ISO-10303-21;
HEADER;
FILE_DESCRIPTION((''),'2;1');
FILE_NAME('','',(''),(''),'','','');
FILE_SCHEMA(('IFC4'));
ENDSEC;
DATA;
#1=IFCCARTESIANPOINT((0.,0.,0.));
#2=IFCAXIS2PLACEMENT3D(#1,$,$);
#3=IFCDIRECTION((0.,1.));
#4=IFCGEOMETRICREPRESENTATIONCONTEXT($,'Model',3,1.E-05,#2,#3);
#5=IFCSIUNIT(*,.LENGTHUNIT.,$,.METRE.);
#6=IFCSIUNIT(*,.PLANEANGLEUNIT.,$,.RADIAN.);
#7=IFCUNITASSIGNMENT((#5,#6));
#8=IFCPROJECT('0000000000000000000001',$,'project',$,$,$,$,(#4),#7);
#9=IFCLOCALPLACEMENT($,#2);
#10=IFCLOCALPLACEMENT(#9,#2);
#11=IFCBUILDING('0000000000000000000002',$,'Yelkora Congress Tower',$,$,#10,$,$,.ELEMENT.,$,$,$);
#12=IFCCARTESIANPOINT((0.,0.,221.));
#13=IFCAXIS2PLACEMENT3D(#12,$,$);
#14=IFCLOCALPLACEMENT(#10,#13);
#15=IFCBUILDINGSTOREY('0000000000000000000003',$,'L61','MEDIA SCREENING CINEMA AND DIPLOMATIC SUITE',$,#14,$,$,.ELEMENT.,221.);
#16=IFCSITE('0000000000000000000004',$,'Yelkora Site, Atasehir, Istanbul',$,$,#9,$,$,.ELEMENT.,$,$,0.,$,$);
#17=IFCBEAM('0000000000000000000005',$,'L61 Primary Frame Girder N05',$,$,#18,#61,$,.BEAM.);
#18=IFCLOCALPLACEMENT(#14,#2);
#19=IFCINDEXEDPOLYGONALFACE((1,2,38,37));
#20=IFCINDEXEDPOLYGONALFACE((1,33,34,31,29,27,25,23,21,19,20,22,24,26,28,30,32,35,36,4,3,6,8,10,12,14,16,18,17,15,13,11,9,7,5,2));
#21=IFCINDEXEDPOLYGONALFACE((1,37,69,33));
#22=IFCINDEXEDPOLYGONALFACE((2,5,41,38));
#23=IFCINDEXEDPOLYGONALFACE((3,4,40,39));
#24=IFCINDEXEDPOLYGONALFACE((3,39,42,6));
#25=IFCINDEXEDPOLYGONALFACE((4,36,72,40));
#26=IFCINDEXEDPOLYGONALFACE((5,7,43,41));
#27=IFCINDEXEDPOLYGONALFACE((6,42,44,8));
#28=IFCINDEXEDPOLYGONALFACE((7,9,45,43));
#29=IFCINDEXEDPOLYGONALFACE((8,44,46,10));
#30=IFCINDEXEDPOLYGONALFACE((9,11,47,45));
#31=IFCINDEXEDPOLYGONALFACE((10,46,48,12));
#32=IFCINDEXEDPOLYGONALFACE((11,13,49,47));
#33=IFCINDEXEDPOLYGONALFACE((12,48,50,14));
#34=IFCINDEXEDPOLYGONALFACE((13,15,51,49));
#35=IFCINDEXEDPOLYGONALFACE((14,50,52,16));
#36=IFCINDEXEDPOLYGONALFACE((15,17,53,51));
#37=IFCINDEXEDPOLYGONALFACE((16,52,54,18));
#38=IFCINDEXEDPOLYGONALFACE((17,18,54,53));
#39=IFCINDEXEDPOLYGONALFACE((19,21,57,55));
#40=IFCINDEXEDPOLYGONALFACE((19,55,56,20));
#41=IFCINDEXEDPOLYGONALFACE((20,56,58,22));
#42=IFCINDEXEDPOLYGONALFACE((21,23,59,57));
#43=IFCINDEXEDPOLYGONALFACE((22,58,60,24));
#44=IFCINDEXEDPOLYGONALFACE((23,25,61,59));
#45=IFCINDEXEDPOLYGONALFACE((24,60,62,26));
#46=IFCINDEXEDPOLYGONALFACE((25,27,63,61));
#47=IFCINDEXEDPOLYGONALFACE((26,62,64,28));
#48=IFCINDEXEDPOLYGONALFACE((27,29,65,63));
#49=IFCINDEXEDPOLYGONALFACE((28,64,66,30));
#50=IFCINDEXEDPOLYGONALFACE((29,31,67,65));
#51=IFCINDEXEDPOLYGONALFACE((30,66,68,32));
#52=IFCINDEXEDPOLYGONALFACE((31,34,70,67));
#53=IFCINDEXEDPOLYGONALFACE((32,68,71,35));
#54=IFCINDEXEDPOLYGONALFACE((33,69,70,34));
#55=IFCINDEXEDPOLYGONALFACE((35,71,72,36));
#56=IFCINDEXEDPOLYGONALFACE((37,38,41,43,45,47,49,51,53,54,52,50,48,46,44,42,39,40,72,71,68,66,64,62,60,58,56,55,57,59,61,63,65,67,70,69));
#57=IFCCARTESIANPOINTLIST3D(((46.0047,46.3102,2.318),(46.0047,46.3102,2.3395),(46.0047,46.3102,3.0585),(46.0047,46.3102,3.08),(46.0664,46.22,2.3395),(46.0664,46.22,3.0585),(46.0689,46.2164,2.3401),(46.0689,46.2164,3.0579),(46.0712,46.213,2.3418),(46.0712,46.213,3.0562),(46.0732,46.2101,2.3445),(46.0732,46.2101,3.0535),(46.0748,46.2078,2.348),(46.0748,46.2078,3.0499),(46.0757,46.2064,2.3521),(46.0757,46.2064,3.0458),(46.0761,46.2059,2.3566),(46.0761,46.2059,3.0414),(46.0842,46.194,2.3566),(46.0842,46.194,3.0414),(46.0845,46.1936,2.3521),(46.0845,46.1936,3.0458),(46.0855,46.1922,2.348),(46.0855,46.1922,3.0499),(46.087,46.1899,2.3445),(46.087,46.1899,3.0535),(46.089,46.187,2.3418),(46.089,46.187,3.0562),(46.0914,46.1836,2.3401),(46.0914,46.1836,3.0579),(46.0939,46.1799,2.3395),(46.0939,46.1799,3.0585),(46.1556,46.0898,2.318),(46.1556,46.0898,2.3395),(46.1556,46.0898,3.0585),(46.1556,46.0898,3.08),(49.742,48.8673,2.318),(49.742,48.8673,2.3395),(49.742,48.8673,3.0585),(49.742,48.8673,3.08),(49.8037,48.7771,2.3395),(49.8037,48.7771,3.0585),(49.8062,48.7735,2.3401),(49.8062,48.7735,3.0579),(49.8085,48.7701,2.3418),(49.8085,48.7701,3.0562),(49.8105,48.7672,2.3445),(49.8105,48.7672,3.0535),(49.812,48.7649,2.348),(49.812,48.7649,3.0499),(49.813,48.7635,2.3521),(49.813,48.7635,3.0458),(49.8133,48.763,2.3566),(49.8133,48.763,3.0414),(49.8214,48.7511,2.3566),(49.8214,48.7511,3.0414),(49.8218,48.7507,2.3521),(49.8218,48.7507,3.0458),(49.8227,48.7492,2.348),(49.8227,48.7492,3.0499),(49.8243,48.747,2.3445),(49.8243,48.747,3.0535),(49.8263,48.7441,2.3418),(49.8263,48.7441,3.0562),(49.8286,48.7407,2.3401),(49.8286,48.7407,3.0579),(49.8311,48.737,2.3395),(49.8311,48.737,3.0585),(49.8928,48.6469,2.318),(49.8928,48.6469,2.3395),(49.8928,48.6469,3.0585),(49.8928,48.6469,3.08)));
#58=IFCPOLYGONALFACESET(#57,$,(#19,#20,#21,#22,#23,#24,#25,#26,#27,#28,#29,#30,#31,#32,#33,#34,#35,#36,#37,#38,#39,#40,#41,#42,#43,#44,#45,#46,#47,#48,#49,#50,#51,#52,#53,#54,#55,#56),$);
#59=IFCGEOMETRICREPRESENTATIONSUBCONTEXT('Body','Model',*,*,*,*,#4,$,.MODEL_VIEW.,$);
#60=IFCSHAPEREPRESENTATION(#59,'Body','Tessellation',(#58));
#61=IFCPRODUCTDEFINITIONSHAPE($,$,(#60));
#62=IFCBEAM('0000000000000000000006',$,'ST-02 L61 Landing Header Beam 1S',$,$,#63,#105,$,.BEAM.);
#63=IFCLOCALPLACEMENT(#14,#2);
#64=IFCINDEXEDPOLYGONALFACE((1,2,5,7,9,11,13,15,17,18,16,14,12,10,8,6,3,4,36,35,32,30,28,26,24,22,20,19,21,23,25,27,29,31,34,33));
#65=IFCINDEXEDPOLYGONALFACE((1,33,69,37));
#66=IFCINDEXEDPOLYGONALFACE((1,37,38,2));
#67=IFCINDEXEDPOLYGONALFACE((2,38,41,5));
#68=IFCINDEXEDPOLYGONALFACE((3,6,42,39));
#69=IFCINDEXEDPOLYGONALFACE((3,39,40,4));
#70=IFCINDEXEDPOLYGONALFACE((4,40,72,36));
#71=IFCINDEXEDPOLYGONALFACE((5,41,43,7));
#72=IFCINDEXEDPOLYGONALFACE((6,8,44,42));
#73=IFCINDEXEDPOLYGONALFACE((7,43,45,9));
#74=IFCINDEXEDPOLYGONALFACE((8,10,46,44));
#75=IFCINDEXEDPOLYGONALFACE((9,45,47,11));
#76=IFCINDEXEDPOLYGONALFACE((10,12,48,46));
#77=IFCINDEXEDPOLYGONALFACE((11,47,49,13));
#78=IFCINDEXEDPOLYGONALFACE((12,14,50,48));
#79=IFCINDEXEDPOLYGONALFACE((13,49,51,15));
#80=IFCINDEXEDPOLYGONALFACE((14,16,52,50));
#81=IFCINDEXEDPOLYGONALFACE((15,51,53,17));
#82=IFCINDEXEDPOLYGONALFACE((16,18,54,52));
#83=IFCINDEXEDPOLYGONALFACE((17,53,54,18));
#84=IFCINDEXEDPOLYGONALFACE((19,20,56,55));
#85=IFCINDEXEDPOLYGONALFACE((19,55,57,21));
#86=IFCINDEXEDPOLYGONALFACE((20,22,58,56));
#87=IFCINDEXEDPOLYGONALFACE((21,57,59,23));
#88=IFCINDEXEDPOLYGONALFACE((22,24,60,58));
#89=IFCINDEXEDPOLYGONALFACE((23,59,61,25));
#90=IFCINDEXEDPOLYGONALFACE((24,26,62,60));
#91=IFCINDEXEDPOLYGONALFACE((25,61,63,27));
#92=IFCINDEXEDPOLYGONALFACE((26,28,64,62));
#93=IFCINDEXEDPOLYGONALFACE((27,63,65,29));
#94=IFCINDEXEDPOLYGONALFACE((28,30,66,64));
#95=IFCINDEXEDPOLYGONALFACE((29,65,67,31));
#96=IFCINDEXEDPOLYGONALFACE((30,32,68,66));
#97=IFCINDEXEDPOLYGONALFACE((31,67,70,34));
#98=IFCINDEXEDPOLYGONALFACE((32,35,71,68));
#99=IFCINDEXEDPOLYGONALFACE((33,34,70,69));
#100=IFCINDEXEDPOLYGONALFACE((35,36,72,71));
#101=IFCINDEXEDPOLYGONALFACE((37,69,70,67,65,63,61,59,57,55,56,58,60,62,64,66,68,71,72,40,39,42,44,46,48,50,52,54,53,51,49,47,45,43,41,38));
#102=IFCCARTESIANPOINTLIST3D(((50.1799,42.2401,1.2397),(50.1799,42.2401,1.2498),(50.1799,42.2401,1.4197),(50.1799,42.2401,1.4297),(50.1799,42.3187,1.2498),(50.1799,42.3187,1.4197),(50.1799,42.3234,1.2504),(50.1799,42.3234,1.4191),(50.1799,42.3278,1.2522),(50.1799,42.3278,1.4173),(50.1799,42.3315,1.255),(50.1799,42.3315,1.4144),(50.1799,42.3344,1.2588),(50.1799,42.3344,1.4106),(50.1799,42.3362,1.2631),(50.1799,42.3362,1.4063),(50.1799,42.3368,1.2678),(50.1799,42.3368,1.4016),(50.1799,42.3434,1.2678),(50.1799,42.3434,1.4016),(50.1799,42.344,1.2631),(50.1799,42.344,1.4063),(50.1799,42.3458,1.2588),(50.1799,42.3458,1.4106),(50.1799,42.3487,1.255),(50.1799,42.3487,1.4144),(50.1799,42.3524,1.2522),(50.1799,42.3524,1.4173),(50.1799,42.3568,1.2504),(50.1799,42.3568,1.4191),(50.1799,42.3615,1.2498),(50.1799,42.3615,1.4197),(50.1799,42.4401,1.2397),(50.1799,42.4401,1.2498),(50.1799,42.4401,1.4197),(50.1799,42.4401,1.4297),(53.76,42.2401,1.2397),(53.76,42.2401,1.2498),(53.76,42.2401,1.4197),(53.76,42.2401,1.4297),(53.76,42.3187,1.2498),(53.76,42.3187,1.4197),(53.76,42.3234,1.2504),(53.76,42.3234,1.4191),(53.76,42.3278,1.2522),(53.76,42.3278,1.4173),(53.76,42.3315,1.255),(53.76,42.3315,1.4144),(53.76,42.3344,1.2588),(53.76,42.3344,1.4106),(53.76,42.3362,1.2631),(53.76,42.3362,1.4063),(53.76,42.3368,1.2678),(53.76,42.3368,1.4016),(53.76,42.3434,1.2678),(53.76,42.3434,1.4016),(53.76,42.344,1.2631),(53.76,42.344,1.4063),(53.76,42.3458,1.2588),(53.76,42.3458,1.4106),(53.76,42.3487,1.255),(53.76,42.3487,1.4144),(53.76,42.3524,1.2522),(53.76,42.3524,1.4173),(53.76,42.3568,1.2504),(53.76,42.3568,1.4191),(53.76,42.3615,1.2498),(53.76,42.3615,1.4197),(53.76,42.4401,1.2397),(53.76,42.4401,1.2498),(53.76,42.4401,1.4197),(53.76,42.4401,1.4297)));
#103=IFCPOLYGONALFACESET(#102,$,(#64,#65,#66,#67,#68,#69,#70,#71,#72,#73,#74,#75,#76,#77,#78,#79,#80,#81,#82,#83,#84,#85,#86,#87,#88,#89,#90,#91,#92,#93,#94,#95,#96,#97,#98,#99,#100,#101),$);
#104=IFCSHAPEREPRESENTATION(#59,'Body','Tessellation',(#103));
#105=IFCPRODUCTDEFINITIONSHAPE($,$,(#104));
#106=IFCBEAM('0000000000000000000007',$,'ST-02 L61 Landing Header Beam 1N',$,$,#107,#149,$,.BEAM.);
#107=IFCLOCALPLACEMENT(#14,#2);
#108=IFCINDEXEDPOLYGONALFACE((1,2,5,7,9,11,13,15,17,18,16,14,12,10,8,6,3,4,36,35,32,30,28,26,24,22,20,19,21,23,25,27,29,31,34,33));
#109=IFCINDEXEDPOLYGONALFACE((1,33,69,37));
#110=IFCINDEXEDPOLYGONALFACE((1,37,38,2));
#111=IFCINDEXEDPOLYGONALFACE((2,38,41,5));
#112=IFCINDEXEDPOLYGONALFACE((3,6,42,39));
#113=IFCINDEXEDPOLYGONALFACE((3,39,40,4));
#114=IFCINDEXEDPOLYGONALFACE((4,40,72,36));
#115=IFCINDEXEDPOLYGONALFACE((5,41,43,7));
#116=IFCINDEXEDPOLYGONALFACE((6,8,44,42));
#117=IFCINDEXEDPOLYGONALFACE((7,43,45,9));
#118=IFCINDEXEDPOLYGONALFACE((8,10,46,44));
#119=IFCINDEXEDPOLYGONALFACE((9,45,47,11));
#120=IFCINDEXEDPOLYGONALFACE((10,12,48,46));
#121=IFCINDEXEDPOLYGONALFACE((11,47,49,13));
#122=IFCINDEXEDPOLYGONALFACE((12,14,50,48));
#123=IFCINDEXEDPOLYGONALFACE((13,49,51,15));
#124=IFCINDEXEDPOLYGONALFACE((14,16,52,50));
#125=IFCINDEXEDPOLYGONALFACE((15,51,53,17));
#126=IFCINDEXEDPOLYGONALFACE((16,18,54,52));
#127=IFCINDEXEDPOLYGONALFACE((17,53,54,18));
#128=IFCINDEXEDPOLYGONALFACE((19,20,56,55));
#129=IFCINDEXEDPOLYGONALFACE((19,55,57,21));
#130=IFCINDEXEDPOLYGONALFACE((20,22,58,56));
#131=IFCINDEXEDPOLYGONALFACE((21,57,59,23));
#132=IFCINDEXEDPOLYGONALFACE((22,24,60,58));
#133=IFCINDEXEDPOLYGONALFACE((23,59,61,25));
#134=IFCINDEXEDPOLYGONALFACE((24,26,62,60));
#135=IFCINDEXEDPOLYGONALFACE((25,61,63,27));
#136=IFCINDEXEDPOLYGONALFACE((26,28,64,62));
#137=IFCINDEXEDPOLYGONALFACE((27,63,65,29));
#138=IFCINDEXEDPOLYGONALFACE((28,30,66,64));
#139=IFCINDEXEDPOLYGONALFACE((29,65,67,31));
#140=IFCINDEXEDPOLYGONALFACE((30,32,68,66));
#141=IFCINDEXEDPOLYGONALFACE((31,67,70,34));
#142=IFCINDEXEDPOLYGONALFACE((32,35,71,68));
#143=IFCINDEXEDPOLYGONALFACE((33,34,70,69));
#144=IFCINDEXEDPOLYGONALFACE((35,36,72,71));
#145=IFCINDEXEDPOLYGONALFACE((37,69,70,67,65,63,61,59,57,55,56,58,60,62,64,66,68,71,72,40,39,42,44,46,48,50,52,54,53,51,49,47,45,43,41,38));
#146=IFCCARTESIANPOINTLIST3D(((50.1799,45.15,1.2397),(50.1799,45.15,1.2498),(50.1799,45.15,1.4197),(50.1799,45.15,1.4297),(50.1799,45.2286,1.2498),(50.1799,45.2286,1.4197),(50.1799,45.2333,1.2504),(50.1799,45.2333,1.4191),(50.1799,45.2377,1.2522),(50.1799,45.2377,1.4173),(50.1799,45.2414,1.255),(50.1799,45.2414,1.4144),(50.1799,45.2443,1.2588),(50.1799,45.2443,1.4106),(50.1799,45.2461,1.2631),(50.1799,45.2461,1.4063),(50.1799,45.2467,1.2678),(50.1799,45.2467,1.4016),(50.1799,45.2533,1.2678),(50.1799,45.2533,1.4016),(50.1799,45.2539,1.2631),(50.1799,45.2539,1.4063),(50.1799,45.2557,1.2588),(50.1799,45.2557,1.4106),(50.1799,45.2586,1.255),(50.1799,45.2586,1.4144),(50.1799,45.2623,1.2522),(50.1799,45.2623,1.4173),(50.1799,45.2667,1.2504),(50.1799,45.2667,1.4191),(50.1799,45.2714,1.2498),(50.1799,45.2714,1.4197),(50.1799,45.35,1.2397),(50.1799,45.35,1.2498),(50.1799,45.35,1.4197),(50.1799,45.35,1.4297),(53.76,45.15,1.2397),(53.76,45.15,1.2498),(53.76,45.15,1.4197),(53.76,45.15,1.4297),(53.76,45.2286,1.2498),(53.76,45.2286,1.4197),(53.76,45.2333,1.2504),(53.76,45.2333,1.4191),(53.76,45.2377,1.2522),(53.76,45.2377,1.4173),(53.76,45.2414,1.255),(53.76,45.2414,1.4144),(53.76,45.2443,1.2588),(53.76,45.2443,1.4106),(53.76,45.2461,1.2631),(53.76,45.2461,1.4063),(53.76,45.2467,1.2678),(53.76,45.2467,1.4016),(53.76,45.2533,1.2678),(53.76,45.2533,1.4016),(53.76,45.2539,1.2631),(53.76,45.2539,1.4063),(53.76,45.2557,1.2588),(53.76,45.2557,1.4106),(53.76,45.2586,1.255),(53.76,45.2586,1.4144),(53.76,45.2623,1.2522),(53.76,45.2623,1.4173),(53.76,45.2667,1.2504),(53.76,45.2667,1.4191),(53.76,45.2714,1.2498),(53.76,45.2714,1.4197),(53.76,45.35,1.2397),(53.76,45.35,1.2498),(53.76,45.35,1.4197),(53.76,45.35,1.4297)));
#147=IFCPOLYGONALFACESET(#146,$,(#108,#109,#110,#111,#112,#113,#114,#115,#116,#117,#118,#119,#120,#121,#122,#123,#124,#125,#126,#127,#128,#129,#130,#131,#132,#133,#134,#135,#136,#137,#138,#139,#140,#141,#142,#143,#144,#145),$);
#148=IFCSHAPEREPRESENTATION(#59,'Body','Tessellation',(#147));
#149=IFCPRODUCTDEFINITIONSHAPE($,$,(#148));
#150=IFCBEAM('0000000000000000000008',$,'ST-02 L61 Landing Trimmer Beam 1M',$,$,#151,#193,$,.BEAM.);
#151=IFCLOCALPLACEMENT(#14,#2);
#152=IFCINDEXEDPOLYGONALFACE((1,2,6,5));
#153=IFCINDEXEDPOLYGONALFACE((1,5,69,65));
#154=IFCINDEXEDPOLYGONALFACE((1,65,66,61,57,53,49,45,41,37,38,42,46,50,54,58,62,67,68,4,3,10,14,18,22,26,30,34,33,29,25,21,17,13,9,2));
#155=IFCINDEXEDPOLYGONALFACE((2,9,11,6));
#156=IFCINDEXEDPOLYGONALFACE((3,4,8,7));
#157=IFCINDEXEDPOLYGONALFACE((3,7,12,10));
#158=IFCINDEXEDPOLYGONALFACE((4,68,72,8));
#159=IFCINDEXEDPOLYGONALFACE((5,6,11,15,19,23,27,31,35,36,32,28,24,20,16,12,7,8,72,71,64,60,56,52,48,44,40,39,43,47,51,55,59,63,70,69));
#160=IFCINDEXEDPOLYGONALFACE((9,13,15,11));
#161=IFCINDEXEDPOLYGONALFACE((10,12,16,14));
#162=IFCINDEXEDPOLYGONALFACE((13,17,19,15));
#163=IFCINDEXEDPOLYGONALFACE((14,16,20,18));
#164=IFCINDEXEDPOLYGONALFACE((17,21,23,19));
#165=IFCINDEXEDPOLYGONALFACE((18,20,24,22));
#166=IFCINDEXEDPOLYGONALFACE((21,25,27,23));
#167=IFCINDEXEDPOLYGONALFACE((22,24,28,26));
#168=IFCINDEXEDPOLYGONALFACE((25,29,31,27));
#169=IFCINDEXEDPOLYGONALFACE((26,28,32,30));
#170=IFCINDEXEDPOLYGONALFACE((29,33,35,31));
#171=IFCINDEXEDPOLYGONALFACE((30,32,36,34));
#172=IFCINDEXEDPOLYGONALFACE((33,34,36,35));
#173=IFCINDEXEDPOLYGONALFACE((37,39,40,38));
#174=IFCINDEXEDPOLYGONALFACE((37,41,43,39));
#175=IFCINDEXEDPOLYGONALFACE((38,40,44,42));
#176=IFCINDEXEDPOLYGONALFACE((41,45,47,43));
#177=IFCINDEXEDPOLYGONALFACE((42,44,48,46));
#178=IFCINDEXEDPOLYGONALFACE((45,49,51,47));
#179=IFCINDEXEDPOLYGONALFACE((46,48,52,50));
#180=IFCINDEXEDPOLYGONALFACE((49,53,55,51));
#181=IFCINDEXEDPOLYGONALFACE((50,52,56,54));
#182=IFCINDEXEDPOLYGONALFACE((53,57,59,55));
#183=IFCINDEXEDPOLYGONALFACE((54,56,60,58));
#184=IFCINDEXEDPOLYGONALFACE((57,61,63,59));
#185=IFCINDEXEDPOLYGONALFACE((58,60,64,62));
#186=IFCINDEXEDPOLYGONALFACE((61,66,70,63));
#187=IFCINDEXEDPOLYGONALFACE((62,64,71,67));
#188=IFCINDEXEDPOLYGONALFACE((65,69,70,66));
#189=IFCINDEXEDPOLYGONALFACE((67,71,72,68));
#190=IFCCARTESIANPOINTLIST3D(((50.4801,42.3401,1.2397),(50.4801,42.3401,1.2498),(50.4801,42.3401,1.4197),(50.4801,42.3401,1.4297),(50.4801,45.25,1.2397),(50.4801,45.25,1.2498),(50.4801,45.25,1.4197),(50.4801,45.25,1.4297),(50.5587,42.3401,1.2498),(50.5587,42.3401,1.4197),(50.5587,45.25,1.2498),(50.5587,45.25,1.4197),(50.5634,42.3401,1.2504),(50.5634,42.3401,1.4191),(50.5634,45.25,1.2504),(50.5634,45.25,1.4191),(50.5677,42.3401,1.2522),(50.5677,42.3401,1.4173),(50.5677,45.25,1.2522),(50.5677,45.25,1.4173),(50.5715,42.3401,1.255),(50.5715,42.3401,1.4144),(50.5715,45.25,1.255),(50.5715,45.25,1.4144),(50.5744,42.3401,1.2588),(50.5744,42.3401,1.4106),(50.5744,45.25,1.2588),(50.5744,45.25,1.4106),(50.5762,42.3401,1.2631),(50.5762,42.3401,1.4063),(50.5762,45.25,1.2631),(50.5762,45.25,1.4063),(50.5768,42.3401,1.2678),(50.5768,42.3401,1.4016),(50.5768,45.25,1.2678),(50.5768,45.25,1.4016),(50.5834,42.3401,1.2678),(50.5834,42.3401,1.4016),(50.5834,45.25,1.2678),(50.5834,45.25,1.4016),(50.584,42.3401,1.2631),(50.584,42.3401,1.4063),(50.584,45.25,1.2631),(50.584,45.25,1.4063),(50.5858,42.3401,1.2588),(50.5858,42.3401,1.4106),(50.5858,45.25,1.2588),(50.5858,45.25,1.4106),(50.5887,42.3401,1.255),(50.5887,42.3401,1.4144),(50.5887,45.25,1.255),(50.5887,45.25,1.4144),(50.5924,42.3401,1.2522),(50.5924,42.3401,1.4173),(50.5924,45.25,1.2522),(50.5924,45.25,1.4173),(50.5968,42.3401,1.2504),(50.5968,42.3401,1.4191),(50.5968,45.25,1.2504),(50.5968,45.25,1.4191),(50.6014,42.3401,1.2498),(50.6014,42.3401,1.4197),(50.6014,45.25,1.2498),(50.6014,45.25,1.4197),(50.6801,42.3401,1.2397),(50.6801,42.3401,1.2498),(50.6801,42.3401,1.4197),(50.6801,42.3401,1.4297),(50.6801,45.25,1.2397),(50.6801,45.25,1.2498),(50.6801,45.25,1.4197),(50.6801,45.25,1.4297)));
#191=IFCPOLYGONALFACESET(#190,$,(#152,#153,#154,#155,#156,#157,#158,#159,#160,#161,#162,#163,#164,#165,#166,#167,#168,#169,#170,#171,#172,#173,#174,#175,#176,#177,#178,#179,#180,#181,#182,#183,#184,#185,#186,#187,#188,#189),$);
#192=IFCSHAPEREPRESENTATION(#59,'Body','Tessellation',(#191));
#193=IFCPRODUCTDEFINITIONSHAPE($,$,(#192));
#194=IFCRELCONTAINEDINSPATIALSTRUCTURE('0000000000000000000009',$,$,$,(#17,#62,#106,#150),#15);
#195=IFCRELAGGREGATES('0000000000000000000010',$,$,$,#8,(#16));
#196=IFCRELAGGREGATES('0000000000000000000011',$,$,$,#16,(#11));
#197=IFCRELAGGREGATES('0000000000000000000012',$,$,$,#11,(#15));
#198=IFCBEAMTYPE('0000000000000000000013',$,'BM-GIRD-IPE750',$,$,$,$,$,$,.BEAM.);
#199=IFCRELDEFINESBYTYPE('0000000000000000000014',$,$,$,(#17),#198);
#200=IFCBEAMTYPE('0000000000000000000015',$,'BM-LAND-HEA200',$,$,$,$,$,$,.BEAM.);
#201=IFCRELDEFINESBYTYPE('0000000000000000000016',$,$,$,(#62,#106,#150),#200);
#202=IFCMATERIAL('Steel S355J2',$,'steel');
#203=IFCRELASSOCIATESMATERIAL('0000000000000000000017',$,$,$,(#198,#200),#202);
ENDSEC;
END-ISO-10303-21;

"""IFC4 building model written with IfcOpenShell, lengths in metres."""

from ifc_helpers import new_model, si_unit, direction, frame, origin, origin_2d, place, context, subcontext, project, spatial, i_section, extrude, material, material_profile, profile_set, type_object, element, save


model = new_model("IFC4")

# Units and contexts
model_context = context("Model", 3, precision=1e-05, world=origin(), true_north=direction((0.0, 1.0)))
body_context = subcontext(model_context, "Body", "Model", "MODEL_VIEW")
ifc_project = project(units=[si_unit("LENGTHUNIT", "METRE"), si_unit("PLANEANGLEUNIT", "RADIAN")], contexts=[model_context])

# Site, building, storey
site_placement = place(None, origin())
site = spatial("IfcSite", under=ifc_project, at=site_placement, Name="Yelkora Site, Atasehir, Istanbul", CompositionType="ELEMENT", RefElevation=0.0)
building_placement = place(site_placement, origin())
building = spatial("IfcBuilding", under=site, at=building_placement, Name="Yelkora Congress Tower", CompositionType="ELEMENT")
storey_placement = place(building_placement, frame((0.0, 0.0, 221.0)))
storey = spatial("IfcBuildingStorey", under=building, at=storey_placement, Name="L61", Description="MEDIA SCREENING CINEMA AND DIPLOMATIC SUITE", CompositionType="ELEMENT", Elevation=221.0)

# Shared definitions
ifc_material_1 = material(Name="Steel S355J2", Category="steel")

# Beams
ifc_material_profile_1 = material_profile(ifc_material_1, i_section(OverallWidth=0.2671, OverallDepth=0.762, WebThickness=0.0144, FlangeThickness=0.0215, FilletRadius=0.0171, at=origin_2d()), Name="IPE 750x173")
ifc_profile_set_1 = profile_set([ifc_material_profile_1], Name="Steel S355J2")
beam_type_1 = type_object("IfcBeamType", Name="BM-GIRD-IPE750", PredefinedType="BEAM", material=ifc_profile_set_1)
beam_1_placement = place(storey_placement, frame((49.8174, 48.7571, 2.699), z_axis=(-0.825305, -0.564688, 0.0), x_axis=(0.564688, -0.825305, 0.0)))
element("IfcBeam", 1, at=beam_1_placement, inside=storey, type_object=beam_type_1, Name="L61 Primary Frame Girder N05", PredefinedType="BEAM", context=body_context, shape_type="SweptSolid", body=[
    extrude(i_section(OverallWidth=0.2671, OverallDepth=0.762, WebThickness=0.0144, FlangeThickness=0.0215, FilletRadius=0.0171, at=origin_2d()), origin(), (0.0, 0.0, 1.0), 4.5283),
])
ifc_material_profile_2 = material_profile(ifc_material_1, i_section(OverallWidth=0.2, OverallDepth=0.1899, WebThickness=0.0066, FlangeThickness=0.01, FilletRadius=0.0181, at=origin_2d()), Name="HEA 200")
ifc_profile_set_2 = profile_set([ifc_material_profile_2], Name="Steel S355J2")
beam_type_2 = type_object("IfcBeamType", Name="BM-LAND-HEA200", PredefinedType="BEAM", material=ifc_profile_set_2)
for number, where, z_axis, x_axis, name in (
    (2, (50.1799, 42.3401, 1.3347), (1.0, 0.0, 0.0), (0.0, 1.0, 0.0), "ST-02 L61 Landing Header Beam 1S"),
    (3, (50.1799, 45.25, 1.3347), (1.0, 0.0, 0.0), (0.0, 1.0, 0.0), "ST-02 L61 Landing Header Beam 1N"),
):
    element("IfcBeam", number, at=place(storey_placement, frame(where, z_axis=z_axis, x_axis=x_axis)), inside=storey, type_object=beam_type_2, Name=name, PredefinedType="BEAM", context=body_context, shape_type="SweptSolid", body=[
        extrude(i_section(OverallWidth=0.2, OverallDepth=0.1899, WebThickness=0.0066, FlangeThickness=0.01, FilletRadius=0.0181, at=origin_2d()), origin(), (0.0, 0.0, 1.0), 3.5801),
    ])
beam_2_placement = place(storey_placement, frame((50.5801, 42.3401, 1.3347), z_axis=(0.0, 1.0, 0.0), x_axis=(-1.0, 0.0, 0.0)))
element("IfcBeam", 4, at=beam_2_placement, inside=storey, type_object=beam_type_2, Name="ST-02 L61 Landing Trimmer Beam 1M", PredefinedType="BEAM", context=body_context, shape_type="SweptSolid", body=[
    extrude(i_section(OverallWidth=0.2, OverallDepth=0.1899, WebThickness=0.0066, FlangeThickness=0.01, FilletRadius=0.0181, at=origin_2d()), origin(), (0.0, 0.0, 1.0), 2.9099),
])

save(model, "model.ifc")
